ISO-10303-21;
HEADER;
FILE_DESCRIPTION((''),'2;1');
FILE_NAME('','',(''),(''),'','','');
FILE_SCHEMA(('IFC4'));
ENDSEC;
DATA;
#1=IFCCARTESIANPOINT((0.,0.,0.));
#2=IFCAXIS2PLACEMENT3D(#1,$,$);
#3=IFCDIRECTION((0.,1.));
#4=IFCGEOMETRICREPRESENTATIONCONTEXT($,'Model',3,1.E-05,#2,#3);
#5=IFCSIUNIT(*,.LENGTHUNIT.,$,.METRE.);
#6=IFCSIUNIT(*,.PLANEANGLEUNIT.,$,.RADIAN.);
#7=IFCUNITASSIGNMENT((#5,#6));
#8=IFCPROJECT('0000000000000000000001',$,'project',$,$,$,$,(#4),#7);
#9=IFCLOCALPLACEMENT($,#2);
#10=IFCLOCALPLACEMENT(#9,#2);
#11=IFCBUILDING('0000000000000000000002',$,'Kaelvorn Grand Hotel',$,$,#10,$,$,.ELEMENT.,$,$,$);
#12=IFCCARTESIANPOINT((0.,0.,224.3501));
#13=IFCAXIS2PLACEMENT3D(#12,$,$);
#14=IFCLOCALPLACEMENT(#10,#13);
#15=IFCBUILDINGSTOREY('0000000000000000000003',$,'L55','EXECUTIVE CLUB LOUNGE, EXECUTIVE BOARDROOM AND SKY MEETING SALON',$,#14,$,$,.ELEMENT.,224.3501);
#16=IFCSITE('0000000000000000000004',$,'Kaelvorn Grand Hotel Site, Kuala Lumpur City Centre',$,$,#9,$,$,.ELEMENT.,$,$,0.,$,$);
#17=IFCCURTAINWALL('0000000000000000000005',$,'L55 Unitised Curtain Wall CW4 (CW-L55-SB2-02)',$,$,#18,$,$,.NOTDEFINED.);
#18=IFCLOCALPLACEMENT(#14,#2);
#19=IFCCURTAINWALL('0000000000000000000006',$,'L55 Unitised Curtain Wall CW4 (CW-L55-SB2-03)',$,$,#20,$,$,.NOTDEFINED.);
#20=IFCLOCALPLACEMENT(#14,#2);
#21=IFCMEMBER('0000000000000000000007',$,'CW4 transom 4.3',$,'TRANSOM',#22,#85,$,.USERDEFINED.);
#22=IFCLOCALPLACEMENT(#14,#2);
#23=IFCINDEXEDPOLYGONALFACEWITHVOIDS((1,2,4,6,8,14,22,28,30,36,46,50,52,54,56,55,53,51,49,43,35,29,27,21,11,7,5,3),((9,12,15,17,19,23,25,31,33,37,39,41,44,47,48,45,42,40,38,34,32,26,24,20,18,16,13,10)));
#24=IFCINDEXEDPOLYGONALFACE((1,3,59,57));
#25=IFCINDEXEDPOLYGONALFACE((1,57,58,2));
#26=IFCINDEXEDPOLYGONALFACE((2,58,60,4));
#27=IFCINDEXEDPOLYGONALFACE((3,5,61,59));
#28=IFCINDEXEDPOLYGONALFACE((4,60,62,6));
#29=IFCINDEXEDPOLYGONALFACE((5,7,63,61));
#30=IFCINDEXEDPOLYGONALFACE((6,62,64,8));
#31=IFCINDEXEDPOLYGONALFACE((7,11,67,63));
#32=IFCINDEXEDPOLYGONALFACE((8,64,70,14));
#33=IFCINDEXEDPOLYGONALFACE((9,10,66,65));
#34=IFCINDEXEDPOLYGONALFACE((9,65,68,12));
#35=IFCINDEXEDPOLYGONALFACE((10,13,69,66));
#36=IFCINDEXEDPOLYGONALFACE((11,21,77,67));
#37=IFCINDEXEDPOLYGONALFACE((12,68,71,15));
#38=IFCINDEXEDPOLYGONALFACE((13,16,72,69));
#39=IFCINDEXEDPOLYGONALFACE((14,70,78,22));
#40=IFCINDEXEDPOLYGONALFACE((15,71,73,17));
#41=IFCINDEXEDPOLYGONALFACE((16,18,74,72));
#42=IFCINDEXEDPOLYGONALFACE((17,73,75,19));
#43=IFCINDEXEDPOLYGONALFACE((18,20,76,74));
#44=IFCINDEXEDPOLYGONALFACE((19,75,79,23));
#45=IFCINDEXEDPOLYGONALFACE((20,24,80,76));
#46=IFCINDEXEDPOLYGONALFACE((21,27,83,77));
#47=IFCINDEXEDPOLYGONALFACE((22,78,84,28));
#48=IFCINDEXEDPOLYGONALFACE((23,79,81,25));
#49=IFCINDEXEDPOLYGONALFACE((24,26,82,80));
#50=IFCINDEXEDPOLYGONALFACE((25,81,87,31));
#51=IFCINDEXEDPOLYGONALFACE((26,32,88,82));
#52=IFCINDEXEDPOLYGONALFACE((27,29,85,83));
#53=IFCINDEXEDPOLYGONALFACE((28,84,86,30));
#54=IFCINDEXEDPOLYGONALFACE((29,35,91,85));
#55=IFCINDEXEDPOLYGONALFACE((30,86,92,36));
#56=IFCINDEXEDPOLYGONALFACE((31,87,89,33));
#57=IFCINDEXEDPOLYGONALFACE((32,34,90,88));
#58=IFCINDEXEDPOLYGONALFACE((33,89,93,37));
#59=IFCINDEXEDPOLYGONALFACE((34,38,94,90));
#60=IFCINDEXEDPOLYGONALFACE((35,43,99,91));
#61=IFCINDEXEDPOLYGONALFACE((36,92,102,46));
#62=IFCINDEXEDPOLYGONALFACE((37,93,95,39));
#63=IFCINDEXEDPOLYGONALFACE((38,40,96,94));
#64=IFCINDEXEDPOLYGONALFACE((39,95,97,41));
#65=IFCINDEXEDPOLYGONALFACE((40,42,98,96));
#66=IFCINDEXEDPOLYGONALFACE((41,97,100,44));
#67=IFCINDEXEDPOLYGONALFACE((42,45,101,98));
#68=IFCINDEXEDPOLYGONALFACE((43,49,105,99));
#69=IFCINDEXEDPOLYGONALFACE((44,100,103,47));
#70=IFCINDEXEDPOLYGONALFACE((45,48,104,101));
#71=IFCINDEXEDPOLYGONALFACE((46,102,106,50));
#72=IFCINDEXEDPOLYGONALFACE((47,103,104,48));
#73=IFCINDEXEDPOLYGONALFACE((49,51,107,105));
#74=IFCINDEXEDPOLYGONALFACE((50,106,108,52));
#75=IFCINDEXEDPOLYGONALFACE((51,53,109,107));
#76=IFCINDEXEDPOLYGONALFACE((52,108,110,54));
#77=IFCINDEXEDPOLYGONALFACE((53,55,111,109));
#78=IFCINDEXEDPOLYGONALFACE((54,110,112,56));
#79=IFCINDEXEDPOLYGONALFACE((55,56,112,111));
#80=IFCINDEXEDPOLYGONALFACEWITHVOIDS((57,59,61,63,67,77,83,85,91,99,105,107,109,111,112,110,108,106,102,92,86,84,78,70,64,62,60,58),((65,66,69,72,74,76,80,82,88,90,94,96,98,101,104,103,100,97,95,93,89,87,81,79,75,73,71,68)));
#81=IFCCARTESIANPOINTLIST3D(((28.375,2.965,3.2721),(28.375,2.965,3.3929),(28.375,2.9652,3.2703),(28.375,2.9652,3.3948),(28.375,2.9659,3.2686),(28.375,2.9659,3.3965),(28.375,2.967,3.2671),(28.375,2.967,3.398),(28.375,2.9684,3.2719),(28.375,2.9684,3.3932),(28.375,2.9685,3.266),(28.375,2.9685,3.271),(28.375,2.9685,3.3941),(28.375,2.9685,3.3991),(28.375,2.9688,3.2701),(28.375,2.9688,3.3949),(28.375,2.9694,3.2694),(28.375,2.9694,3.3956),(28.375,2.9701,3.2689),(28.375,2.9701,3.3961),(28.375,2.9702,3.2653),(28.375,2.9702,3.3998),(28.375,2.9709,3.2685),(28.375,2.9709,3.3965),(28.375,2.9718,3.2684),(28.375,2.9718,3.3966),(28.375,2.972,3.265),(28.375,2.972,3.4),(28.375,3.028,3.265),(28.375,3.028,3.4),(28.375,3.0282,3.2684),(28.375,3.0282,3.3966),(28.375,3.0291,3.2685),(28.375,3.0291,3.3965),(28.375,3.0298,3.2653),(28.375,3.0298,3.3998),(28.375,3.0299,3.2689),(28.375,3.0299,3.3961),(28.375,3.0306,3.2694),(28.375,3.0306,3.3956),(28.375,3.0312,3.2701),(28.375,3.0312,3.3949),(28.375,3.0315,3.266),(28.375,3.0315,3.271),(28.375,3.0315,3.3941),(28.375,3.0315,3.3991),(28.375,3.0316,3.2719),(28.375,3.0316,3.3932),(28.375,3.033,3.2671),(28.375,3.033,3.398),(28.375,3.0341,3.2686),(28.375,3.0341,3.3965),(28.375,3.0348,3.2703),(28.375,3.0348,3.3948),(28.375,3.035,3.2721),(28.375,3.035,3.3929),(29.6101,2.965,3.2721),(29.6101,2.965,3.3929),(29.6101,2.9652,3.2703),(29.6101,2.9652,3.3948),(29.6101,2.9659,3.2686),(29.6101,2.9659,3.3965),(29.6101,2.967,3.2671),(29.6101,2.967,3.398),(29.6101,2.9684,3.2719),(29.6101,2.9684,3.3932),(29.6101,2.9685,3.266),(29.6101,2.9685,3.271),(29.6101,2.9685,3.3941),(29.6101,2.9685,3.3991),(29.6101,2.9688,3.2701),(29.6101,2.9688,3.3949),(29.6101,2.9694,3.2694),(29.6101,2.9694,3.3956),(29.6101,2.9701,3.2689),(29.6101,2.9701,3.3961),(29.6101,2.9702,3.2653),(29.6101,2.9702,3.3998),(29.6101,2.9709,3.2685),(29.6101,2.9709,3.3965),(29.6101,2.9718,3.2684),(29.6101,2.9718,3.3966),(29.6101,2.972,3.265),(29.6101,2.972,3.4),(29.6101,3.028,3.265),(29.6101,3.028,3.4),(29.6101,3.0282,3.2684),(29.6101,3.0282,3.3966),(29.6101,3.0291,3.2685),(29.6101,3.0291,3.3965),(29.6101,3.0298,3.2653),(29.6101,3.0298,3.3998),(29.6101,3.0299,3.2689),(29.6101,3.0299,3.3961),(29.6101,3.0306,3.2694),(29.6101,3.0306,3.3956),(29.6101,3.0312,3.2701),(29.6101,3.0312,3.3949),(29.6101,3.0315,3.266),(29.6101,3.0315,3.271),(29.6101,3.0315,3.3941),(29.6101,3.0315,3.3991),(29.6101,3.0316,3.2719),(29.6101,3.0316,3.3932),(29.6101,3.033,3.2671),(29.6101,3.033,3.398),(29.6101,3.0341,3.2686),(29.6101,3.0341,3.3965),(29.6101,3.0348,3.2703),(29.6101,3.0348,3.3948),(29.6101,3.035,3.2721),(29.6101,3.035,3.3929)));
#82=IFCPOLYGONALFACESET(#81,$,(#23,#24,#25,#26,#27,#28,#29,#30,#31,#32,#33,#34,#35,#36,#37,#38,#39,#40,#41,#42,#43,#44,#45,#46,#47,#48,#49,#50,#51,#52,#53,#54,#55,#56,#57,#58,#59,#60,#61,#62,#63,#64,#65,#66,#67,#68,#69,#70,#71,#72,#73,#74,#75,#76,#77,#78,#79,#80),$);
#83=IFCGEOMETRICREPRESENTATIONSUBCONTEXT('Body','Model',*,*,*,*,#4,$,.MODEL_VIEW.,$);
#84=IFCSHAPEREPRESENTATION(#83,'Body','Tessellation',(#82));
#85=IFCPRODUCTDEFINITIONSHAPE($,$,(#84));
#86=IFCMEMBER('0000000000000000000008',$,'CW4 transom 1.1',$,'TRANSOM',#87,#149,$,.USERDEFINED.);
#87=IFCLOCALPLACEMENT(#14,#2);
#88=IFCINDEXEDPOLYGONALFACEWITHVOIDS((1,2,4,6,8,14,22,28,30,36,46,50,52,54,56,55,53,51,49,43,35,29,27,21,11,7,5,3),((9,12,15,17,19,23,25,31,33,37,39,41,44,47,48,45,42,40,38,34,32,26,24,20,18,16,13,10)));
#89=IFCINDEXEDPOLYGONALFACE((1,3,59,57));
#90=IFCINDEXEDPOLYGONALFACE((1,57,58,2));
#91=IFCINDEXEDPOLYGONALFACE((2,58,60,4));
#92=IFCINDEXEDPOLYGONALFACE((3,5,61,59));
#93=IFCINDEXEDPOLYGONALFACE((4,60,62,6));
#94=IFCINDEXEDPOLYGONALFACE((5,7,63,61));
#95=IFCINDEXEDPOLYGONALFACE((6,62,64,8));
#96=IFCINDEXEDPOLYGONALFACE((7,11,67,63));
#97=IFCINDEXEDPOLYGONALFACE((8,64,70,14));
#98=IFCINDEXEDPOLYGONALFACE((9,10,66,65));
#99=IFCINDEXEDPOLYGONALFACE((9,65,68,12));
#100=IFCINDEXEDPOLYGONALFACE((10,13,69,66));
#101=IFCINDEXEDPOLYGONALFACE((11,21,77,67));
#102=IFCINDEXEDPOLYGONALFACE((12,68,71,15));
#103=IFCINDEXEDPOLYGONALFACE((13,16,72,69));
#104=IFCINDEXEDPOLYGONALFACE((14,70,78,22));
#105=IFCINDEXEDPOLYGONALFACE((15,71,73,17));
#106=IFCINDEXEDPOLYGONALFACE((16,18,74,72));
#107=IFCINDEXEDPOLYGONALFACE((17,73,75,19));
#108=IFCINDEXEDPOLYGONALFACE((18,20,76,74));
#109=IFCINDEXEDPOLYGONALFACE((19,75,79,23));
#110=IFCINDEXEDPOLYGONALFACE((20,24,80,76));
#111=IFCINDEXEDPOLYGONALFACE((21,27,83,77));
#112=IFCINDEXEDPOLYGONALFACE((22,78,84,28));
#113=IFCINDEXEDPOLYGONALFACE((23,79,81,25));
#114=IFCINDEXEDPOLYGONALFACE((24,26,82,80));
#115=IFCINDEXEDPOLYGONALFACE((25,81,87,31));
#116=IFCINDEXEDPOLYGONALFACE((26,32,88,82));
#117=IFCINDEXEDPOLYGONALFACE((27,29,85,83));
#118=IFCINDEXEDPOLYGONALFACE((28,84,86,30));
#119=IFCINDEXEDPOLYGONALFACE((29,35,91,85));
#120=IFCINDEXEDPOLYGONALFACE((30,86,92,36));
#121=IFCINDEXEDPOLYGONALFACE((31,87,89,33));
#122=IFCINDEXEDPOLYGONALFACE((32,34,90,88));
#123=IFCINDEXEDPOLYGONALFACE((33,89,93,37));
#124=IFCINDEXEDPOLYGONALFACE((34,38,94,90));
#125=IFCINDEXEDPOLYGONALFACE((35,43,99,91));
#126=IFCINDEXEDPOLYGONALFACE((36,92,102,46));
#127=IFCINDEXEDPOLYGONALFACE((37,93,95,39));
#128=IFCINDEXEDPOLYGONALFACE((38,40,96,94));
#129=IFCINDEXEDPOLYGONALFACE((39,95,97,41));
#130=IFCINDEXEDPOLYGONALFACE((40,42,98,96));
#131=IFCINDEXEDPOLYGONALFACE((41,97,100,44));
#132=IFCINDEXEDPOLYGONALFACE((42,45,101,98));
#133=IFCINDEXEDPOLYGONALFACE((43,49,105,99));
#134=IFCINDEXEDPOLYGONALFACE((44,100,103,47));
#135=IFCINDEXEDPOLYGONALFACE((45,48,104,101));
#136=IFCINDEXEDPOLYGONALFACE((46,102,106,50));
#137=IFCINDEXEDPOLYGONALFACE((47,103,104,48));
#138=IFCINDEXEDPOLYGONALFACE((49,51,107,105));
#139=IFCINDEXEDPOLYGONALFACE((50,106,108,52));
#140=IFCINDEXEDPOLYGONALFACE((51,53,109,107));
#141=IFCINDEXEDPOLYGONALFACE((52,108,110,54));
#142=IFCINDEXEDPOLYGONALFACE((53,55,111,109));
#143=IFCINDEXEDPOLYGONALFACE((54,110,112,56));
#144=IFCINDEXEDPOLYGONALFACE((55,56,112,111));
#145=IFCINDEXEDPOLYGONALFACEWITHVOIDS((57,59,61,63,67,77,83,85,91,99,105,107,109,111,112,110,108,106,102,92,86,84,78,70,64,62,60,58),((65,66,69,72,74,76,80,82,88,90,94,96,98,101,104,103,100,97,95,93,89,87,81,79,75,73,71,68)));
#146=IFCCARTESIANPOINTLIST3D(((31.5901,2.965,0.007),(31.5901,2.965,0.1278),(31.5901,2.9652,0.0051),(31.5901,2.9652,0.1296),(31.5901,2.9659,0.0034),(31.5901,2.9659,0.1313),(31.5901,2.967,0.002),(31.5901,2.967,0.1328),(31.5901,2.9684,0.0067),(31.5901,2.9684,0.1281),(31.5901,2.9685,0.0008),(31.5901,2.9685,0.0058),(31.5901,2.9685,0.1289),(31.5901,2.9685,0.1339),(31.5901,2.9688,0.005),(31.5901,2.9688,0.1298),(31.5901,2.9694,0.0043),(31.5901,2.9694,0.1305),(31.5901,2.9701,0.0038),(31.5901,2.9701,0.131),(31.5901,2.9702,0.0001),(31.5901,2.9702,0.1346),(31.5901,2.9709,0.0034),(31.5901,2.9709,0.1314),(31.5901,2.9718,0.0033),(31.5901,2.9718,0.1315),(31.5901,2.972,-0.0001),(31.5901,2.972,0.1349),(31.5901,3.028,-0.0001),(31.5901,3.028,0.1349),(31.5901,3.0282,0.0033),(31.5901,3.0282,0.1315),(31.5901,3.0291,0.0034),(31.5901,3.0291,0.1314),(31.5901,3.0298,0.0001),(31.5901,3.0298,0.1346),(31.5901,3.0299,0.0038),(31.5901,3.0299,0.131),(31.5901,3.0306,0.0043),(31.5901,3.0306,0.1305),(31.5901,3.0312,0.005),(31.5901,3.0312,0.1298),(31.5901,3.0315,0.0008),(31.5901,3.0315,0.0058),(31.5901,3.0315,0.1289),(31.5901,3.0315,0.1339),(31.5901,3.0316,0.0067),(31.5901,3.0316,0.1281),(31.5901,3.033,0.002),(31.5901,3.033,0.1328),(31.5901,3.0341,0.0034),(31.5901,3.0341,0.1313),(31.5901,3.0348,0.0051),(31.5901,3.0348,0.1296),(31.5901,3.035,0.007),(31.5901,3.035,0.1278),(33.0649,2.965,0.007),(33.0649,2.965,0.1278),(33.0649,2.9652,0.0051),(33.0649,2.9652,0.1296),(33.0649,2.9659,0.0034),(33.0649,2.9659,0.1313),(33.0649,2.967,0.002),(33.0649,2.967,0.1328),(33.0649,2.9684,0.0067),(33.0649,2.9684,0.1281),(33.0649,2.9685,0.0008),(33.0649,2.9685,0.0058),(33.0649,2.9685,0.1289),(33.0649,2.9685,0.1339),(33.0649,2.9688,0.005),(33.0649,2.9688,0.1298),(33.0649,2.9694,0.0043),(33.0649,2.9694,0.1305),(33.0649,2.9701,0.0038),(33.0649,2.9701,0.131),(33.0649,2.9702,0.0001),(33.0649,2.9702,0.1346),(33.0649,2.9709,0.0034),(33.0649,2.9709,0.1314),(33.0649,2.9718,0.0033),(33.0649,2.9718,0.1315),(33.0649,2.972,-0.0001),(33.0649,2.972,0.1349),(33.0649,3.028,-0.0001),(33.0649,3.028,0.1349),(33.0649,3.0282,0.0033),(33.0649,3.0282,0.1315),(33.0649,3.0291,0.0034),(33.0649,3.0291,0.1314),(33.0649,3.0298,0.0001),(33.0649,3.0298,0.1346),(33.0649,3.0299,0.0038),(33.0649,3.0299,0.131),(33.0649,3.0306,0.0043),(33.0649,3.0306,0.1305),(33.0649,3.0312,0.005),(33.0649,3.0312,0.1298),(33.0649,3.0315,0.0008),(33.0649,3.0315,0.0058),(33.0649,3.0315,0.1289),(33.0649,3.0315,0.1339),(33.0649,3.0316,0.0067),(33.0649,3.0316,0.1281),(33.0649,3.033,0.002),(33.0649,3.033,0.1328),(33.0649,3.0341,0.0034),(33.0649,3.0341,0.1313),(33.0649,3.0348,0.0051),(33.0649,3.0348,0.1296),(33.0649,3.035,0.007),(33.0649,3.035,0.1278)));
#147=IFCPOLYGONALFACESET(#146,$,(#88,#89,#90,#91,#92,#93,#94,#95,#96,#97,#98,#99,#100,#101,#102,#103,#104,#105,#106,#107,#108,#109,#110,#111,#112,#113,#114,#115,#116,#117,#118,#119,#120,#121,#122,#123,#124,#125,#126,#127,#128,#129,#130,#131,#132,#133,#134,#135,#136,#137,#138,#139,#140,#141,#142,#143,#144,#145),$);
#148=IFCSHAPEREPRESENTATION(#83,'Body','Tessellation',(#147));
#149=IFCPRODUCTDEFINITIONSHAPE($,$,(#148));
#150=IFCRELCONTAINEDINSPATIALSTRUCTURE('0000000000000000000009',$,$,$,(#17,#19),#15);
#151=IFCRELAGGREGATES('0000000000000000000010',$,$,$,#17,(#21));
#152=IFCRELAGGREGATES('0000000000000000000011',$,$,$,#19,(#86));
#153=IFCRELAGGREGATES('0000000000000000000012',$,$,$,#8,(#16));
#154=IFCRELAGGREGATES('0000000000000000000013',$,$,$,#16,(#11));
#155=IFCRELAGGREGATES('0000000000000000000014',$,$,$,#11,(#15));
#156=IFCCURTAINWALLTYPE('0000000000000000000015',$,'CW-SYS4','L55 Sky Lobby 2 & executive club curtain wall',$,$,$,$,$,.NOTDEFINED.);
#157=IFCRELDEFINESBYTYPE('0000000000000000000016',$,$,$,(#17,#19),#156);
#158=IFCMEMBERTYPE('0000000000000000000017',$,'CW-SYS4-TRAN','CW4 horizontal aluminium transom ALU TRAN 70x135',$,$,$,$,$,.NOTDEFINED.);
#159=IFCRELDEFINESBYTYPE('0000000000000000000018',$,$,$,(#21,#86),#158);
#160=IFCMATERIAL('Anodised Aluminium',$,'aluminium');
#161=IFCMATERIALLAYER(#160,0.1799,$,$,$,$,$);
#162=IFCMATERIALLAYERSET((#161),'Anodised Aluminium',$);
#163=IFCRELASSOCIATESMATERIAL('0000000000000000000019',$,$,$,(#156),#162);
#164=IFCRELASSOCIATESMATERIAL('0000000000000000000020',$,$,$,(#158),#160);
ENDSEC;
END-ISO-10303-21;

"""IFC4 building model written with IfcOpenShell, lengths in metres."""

from ifc_helpers import new_model, si_unit, direction, frame, origin, origin_2d, place, context, subcontext, project, spatial, hollow_rectangle, extrude, material, layer, layer_set, material_profile, profile_set, type_object, element, aggregate, save


model = new_model("IFC4")

# Units and contexts
model_context = context("Model", 3, precision=1e-05, world=origin(), true_north=direction((0.0, 1.0)))
body_context = subcontext(model_context, "Body", "Model", "MODEL_VIEW")
ifc_project = project(units=[si_unit("LENGTHUNIT", "METRE"), si_unit("PLANEANGLEUNIT", "RADIAN")], contexts=[model_context])

# Site, building, storey
site_placement = place(None, origin())
site = spatial("IfcSite", under=ifc_project, at=site_placement, Name="Kaelvorn Grand Hotel Site, Kuala Lumpur City Centre", CompositionType="ELEMENT", RefElevation=0.0)
building_placement = place(site_placement, origin())
building = spatial("IfcBuilding", under=site, at=building_placement, Name="Kaelvorn Grand Hotel", CompositionType="ELEMENT")
storey_placement = place(building_placement, frame((0.0, 0.0, 224.3501)))
storey = spatial("IfcBuildingStorey", under=building, at=storey_placement, Name="L55", Description="EXECUTIVE CLUB LOUNGE, EXECUTIVE BOARDROOM AND SKY MEETING SALON", CompositionType="ELEMENT", Elevation=224.3501)

# Curtain wall
ifc_material_1 = material(Name="Anodised Aluminium", Category="aluminium")
ifc_layer_1 = layer(ifc_material_1, 0.1799)
ifc_layer_set_1 = layer_set([ifc_layer_1], Name="Anodised Aluminium")
curtain_wall_type = type_object("IfcCurtainWallType", Name="CW-SYS4", Description="L55 Sky Lobby 2 & executive club curtain wall", PredefinedType="NOTDEFINED", material=ifc_layer_set_1)
curtain_wall_1_placement = place(storey_placement, origin())
curtain_wall_1 = element("IfcCurtainWall", 1, at=curtain_wall_1_placement, inside=storey, type_object=curtain_wall_type, Name="L55 Unitised Curtain Wall CW4 (CW-L55-SB2-02)", PredefinedType="NOTDEFINED")

# Curtain wall
curtain_wall_2_placement = place(storey_placement, origin())
curtain_wall_2 = element("IfcCurtainWall", 2, at=curtain_wall_2_placement, inside=storey, type_object=curtain_wall_type, Name="L55 Unitised Curtain Wall CW4 (CW-L55-SB2-03)", PredefinedType="NOTDEFINED")

# Members
ifc_material_profile_1 = material_profile(ifc_material_1, hollow_rectangle(XDim=0.0701, YDim=0.135, WallThickness=0.0034, InnerFilletRadius=0.0034, OuterFilletRadius=0.0071, at=origin_2d()), Name="ALU TRAN 70x135")
ifc_profile_set_1 = profile_set([ifc_material_profile_1], Name="Anodised Aluminium")
member_type_1 = type_object("IfcMemberType", Name="CW-SYS4-TRAN", Description="CW4 horizontal aluminium transom ALU TRAN 70x135", PredefinedType="NOTDEFINED", material=ifc_profile_set_1)
member_1_placement = place(storey_placement, frame((28.375, 3.0, 3.3325), z_axis=(1.0, 0.0, 0.0), x_axis=(0.0, 1.0, 0.0)))
member_1 = element("IfcMember", 3, at=member_1_placement, type_object=member_type_1, Name="CW4 transom 4.3", ObjectType="TRANSOM", PredefinedType="USERDEFINED", context=body_context, shape_type="SweptSolid", body=[
    extrude(hollow_rectangle(XDim=0.0701, YDim=0.135, WallThickness=0.0034, InnerFilletRadius=0.0034, OuterFilletRadius=0.0071, at=origin_2d()), origin(), (0.0, 0.0, 1.0), 1.2351),
])
member_2_placement = place(storey_placement, frame((31.5901, 3.0, 0.0674), z_axis=(1.0, 0.0, 0.0), x_axis=(0.0, 1.0, 0.0)))
member_2 = element("IfcMember", 4, at=member_2_placement, type_object=member_type_1, Name="CW4 transom 1.1", ObjectType="TRANSOM", PredefinedType="USERDEFINED", context=body_context, shape_type="SweptSolid", body=[
    extrude(hollow_rectangle(XDim=0.0701, YDim=0.135, WallThickness=0.0034, InnerFilletRadius=0.0034, OuterFilletRadius=0.0071, at=origin_2d()), origin(), (0.0, 0.0, 1.0), 1.4749),
])

aggregate(curtain_wall_1, [member_1])
aggregate(curtain_wall_2, [member_2])

save(model, "model.ifc")
